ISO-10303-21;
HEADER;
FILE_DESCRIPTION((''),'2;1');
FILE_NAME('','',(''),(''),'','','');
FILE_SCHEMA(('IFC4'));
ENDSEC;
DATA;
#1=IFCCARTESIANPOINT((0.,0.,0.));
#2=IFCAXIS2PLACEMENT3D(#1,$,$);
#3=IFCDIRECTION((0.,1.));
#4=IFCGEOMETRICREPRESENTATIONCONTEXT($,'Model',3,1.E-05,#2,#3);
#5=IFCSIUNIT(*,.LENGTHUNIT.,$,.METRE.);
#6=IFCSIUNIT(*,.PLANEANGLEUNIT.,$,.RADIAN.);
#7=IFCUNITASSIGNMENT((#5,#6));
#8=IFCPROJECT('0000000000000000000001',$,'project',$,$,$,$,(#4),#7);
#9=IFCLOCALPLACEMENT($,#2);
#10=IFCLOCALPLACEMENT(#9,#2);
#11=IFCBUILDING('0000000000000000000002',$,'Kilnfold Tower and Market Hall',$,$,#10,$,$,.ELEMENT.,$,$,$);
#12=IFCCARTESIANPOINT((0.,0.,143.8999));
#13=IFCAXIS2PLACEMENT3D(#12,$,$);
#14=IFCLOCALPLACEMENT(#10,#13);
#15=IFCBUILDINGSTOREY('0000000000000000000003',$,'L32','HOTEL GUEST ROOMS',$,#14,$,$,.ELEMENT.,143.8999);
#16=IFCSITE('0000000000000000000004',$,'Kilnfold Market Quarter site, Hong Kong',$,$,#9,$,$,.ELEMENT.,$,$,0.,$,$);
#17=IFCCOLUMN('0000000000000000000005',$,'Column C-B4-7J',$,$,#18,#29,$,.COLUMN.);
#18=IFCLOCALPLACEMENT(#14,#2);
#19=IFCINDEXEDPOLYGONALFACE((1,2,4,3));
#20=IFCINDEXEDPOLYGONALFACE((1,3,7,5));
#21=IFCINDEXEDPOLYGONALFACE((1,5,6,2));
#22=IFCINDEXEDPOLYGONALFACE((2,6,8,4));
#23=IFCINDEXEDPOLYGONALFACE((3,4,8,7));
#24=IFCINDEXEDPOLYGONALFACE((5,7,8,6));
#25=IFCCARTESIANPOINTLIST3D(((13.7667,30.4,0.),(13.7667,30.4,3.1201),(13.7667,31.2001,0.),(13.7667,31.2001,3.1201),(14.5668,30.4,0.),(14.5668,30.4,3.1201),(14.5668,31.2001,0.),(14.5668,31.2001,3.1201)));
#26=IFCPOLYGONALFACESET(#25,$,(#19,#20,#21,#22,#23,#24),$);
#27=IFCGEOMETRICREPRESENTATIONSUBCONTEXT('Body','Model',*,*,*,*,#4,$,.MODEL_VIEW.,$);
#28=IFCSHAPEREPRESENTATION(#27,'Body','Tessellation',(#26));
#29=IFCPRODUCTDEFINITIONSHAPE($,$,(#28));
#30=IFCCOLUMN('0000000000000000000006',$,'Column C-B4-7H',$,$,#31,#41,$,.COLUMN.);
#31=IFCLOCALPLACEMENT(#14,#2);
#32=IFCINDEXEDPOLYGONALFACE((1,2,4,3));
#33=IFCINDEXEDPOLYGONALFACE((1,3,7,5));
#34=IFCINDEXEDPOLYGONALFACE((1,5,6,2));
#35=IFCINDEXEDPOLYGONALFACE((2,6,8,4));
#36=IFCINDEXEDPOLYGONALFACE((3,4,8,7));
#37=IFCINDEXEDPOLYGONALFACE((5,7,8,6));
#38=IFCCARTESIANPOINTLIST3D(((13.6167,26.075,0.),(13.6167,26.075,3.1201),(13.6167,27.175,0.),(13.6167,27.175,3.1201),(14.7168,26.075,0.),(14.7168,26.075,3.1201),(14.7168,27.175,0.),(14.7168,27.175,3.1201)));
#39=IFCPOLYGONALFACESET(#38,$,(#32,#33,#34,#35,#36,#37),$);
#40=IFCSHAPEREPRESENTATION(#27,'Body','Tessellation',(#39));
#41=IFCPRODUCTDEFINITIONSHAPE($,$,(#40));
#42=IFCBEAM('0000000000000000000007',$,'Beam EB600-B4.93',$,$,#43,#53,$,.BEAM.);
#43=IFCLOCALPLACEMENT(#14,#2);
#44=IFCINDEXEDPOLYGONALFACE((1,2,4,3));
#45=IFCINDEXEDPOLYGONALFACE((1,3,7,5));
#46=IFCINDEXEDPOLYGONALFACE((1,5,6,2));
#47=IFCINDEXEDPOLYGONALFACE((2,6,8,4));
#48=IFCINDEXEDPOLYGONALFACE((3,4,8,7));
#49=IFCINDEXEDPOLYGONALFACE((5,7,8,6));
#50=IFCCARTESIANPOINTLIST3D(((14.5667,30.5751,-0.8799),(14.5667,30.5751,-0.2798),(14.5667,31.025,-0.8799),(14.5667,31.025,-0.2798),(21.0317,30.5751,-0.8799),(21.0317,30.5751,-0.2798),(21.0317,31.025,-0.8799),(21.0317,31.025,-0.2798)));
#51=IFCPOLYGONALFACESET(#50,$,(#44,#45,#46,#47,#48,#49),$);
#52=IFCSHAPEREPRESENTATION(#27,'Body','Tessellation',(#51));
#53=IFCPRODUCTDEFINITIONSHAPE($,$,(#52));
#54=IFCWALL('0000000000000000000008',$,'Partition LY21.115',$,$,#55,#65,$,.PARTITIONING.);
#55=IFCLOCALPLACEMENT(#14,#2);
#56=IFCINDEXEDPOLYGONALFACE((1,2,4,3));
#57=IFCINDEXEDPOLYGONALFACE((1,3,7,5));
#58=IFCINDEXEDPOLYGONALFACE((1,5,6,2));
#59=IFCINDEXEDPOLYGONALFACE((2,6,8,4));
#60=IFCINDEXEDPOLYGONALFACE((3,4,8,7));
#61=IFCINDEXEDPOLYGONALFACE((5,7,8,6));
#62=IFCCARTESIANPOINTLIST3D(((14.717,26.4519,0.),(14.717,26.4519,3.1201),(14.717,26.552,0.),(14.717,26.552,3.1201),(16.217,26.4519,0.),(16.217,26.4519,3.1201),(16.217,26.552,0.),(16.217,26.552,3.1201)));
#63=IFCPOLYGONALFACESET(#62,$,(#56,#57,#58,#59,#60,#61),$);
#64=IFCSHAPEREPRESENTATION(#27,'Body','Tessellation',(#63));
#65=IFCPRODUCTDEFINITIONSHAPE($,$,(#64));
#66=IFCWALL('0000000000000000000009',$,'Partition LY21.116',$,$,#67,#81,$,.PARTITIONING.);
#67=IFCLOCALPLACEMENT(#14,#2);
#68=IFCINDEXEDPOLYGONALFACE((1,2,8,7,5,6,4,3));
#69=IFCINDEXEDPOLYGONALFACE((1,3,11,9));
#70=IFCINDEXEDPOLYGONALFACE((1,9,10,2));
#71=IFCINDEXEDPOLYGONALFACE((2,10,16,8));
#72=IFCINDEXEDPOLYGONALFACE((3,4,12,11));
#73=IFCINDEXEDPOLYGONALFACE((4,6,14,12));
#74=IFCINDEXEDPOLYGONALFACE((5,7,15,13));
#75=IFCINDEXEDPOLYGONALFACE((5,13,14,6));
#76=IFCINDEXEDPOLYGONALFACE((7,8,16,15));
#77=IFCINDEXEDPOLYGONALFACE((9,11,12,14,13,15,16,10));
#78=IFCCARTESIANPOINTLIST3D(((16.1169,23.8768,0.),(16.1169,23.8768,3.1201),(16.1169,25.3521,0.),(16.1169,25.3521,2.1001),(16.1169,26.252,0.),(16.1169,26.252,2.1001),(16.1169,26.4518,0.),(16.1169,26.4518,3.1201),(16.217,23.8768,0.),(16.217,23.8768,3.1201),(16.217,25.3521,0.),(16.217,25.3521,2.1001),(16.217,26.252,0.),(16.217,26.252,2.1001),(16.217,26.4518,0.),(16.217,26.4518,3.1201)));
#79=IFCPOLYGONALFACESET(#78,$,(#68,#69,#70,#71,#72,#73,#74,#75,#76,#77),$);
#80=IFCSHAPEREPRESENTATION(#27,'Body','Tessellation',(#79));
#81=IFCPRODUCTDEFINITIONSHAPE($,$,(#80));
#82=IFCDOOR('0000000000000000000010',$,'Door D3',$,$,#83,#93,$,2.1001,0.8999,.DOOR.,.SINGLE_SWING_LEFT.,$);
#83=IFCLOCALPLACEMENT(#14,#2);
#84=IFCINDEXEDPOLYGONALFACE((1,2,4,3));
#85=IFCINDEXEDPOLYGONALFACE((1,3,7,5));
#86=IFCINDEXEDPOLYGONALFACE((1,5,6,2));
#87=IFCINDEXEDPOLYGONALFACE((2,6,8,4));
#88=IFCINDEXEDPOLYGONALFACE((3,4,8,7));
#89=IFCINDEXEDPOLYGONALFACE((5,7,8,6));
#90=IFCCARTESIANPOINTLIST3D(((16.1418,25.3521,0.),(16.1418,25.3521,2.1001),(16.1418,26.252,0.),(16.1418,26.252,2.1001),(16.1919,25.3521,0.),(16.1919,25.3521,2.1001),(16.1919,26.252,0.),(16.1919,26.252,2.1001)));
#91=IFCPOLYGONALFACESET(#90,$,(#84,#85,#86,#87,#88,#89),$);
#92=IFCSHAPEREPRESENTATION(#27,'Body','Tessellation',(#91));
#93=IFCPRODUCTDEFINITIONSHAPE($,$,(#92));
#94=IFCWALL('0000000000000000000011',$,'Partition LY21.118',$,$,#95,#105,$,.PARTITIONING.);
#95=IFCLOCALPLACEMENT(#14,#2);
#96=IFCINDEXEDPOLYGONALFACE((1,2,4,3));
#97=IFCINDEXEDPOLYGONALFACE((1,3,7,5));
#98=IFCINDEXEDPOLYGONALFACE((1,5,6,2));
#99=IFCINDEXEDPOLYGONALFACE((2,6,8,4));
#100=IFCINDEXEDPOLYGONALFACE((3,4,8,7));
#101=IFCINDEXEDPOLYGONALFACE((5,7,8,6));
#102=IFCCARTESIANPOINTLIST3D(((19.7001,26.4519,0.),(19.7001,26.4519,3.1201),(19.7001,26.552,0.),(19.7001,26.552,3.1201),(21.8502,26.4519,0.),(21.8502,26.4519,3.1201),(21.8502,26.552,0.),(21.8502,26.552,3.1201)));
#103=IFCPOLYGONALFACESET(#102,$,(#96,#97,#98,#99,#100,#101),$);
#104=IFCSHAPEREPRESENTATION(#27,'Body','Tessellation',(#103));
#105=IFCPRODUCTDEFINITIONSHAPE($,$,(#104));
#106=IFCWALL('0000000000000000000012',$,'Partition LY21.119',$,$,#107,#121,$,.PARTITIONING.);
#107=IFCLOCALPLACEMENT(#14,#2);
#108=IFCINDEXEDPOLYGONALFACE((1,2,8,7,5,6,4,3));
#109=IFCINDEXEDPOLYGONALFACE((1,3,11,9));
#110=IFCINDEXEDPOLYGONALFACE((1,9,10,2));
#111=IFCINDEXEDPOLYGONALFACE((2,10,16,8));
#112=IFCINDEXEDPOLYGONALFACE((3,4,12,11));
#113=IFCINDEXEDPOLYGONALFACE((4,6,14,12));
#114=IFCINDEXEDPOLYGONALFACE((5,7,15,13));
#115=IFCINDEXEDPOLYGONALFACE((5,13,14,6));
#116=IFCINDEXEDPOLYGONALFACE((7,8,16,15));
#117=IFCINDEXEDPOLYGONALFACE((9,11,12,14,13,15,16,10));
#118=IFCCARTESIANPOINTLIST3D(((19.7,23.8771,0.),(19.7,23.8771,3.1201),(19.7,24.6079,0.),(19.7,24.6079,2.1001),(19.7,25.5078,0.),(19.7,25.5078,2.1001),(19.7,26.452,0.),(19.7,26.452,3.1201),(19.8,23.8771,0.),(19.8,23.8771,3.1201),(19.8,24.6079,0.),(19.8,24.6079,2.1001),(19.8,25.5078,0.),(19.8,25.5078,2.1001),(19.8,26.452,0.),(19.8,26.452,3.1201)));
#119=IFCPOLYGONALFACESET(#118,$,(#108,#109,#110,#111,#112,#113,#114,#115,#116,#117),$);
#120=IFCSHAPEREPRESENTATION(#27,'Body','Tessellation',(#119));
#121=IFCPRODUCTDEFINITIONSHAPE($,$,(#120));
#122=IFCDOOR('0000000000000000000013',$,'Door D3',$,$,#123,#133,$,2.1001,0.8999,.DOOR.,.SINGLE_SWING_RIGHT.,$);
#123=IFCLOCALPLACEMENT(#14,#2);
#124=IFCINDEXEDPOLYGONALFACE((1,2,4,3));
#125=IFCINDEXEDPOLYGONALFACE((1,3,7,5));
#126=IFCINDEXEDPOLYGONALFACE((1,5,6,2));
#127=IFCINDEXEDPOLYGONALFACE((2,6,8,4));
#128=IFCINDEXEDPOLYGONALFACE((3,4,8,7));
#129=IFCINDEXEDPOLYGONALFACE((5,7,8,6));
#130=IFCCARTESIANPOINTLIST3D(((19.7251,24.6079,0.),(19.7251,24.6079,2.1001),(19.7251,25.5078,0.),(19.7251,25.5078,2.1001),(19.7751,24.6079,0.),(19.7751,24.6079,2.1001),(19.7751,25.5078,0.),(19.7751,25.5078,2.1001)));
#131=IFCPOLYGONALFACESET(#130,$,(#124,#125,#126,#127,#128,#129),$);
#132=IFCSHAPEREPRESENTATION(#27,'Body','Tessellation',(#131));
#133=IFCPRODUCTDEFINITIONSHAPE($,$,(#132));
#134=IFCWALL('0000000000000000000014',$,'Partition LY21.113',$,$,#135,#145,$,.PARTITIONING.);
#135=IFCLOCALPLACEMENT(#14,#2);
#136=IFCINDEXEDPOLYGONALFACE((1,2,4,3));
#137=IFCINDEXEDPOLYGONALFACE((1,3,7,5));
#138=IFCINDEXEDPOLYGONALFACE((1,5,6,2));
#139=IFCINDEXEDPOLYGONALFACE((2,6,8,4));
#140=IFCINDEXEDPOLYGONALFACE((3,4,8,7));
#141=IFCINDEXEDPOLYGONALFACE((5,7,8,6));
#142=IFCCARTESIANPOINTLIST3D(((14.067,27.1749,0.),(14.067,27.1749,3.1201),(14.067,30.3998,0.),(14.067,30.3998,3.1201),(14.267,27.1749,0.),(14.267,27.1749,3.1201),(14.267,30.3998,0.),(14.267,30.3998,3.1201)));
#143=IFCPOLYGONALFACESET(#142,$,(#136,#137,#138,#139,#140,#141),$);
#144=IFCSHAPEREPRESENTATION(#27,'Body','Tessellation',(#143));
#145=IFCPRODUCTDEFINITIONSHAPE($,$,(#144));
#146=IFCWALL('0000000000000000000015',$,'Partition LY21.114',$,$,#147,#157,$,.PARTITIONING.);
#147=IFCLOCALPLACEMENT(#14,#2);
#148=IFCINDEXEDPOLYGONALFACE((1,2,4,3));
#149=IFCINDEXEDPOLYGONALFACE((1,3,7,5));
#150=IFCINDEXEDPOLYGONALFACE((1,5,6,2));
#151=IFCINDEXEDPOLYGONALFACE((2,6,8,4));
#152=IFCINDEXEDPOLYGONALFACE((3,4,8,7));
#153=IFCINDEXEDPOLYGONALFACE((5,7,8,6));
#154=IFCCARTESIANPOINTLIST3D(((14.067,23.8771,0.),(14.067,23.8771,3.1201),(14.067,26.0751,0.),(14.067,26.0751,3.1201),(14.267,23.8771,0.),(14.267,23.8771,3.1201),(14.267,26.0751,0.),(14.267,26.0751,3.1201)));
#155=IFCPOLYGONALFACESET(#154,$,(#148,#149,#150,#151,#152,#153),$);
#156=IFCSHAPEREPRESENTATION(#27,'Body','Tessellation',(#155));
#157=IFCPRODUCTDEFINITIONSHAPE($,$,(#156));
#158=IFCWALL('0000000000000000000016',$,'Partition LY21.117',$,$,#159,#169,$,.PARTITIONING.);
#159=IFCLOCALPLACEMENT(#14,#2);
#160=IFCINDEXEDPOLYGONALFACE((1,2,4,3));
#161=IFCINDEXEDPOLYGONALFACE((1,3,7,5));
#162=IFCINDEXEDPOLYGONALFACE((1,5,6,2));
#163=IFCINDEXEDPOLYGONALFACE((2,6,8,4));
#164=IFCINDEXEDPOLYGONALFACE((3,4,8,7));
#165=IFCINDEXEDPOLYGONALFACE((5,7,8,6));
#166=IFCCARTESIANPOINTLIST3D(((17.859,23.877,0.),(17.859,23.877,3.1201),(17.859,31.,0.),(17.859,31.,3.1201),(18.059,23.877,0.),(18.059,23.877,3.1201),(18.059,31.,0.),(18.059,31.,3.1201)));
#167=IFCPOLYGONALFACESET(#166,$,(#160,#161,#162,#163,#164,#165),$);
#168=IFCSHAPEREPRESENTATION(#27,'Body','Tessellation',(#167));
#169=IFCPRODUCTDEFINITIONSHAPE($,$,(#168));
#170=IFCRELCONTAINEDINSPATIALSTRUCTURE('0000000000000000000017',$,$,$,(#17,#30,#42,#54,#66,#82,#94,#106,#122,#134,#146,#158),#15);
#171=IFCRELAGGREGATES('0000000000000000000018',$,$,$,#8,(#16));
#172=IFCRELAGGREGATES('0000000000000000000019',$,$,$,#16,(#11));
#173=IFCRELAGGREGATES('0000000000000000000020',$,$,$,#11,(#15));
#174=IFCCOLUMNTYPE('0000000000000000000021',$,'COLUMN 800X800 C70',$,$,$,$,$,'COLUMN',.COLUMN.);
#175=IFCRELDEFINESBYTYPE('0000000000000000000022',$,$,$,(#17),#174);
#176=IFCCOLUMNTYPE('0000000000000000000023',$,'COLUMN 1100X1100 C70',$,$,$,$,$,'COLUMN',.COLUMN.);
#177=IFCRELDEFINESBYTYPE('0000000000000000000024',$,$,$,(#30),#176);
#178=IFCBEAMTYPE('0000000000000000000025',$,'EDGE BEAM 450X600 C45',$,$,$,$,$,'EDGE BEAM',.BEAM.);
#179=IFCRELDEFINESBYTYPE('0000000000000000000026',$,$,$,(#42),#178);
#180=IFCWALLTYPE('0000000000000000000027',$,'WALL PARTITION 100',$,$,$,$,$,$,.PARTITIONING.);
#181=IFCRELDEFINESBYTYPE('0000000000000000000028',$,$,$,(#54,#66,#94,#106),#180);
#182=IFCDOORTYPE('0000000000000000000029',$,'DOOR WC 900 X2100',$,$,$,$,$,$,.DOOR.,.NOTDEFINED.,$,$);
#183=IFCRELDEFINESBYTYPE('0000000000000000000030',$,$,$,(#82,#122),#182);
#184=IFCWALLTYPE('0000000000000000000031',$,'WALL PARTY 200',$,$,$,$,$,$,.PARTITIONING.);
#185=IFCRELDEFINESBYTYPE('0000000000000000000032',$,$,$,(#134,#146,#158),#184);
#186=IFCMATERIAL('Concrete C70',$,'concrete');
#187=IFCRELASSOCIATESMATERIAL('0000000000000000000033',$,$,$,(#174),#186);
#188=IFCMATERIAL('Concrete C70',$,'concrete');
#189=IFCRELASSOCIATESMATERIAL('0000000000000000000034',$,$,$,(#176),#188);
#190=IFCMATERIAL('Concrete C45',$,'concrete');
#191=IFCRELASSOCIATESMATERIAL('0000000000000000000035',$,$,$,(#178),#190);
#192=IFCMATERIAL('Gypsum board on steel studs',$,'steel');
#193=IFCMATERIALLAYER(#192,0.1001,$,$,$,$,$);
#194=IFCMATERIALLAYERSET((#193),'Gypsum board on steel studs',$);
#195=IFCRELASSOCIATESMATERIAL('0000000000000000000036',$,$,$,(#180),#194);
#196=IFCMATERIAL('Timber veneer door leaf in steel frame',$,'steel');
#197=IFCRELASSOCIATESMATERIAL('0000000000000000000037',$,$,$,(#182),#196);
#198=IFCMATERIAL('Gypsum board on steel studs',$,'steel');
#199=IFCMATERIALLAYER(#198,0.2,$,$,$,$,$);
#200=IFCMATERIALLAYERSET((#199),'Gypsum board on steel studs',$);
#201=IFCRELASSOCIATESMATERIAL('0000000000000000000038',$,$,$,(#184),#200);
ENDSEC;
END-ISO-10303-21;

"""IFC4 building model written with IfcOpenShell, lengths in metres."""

from ifc_helpers import new_model, si_unit, direction, frame, frame_2d, origin, origin_2d, place, context, subcontext, project, spatial, rectangle, extrude, source, transform, mapped, material, layer, layer_set, material_profile, profile_set, type_object, element, fill, save


model = new_model("IFC4")

# Units and contexts
model_context = context("Model", 3, precision=1e-05, world=origin(), true_north=direction((0.0, 1.0)))
body_context = subcontext(model_context, "Body", "Model", "MODEL_VIEW")
ifc_project = project(units=[si_unit("LENGTHUNIT", "METRE"), si_unit("PLANEANGLEUNIT", "RADIAN")], contexts=[model_context])

# Site, building, storey
site_placement = place(None, origin())
site = spatial("IfcSite", under=ifc_project, at=site_placement, Name="Kilnfold Market Quarter site, Hong Kong", CompositionType="ELEMENT", RefElevation=0.0)
building_placement = place(site_placement, origin())
building = spatial("IfcBuilding", under=site, at=building_placement, Name="Kilnfold Tower and Market Hall", CompositionType="ELEMENT")
storey_placement = place(building_placement, frame((0.0, 0.0, 143.8999)))
storey = spatial("IfcBuildingStorey", under=building, at=storey_placement, Name="L32", Description="HOTEL GUEST ROOMS", CompositionType="ELEMENT", Elevation=143.8999)

# Columns
ifc_material_1 = material(Name="Concrete C70", Category="concrete")
ifc_material_profile_1 = material_profile(ifc_material_1, rectangle(XDim=0.8, YDim=0.8, at=origin_2d()), Name="RC 800x800")
ifc_profile_set_1 = profile_set([ifc_material_profile_1], Name="Concrete C70")
column_type_1 = type_object("IfcColumnType", Name="COLUMN 800X800 C70", ElementType="COLUMN", PredefinedType="COLUMN", material=ifc_profile_set_1)
shared_shape_1 = source(origin(), body_context, "Body", "SweptSolid", [
    extrude(rectangle(XDim=0.8, YDim=0.8, at=origin_2d()), origin(), (0.0, 0.0, 1.0), 3.1201),
])
column_1_placement = place(storey_placement, frame((14.1667, 30.8, 0.0), z_axis=(0.0, 0.0, 1.0), x_axis=(1.0, 0.0, 0.0)))
element("IfcColumn", 1, at=column_1_placement, inside=storey, type_object=column_type_1, Name="Column C-B4-7J", PredefinedType="COLUMN", context=body_context, shape_type="MappedRepresentation", body=[
    mapped(shared_shape_1, transform((0.0, 0.0, 0.0))),
])
ifc_material_2 = material(Name="Concrete C70", Category="concrete")
ifc_material_profile_2 = material_profile(ifc_material_2, rectangle(XDim=1.1001, YDim=1.1001, at=origin_2d()), Name="RC 1100x1100")
ifc_profile_set_2 = profile_set([ifc_material_profile_2], Name="Concrete C70")
column_type_2 = type_object("IfcColumnType", Name="COLUMN 1100X1100 C70", ElementType="COLUMN", PredefinedType="COLUMN", material=ifc_profile_set_2)
shared_shape_2 = source(origin(), body_context, "Body", "SweptSolid", [
    extrude(rectangle(XDim=1.1001, YDim=1.1001, at=origin_2d()), origin(), (0.0, 0.0, 1.0), 3.1201),
])
column_2_placement = place(storey_placement, frame((14.1667, 26.625, 0.0), z_axis=(0.0, 0.0, 1.0), x_axis=(1.0, 0.0, 0.0)))
element("IfcColumn", 2, at=column_2_placement, inside=storey, type_object=column_type_2, Name="Column C-B4-7H", PredefinedType="COLUMN", context=body_context, shape_type="MappedRepresentation", body=[
    mapped(shared_shape_2, transform((0.0, 0.0, 0.0))),
])

# Beam
ifc_material_3 = material(Name="Concrete C45", Category="concrete")
ifc_material_profile_3 = material_profile(ifc_material_3, rectangle(XDim=0.45, YDim=0.6001, at=origin_2d()), Name="RC 450x600")
ifc_profile_set_3 = profile_set([ifc_material_profile_3], Name="Concrete C45")
beam_type = type_object("IfcBeamType", Name="EDGE BEAM 450X600 C45", ElementType="EDGE BEAM", PredefinedType="BEAM", material=ifc_profile_set_3)
shared_shape_3 = source(origin(), body_context, "Body", "SweptSolid", [
    extrude(rectangle(XDim=0.45, YDim=0.6001, at=origin_2d()), origin(), (0.0, 0.0, 1.0), 6.4651),
])
beam_placement = place(storey_placement, frame((14.5667, 30.8, -0.5798), z_axis=(1.0, 0.0, 0.0), x_axis=(0.0, 1.0, 0.0)))
element("IfcBeam", 3, at=beam_placement, inside=storey, type_object=beam_type, Name="Beam EB600-B4.93", PredefinedType="BEAM", context=body_context, shape_type="MappedRepresentation", body=[
    mapped(shared_shape_3, transform((0.0, 0.0, 0.0))),
])

# Wall
ifc_material_4 = material(Name="Gypsum board on steel studs", Category="steel")
ifc_layer_1 = layer(ifc_material_4, 0.1001)
ifc_layer_set_1 = layer_set([ifc_layer_1], Name="Gypsum board on steel studs")
wall_type_1 = type_object("IfcWallType", Name="WALL PARTITION 100", PredefinedType="PARTITIONING", material=ifc_layer_set_1)
wall_1_placement = place(storey_placement, frame((14.717, 26.502, 0.0), z_axis=(0.0, 0.0, 1.0), x_axis=(1.0, 0.0, 0.0)))
element("IfcWall", 4, at=wall_1_placement, inside=storey, type_object=wall_type_1, Name="Partition LY21.115", PredefinedType="PARTITIONING", context=body_context, shape_type="SweptSolid", body=[
    extrude(rectangle(XDim=1.5, YDim=0.1001, at=frame_2d((0.75, 0.0))), origin(), (0.0, 0.0, 1.0), 3.1201),
])

# Wall, opening, door
wall_2_placement = place(storey_placement, frame((16.167, 26.4519, 0.0), z_axis=(0.0, 0.0, 1.0), x_axis=(0.0, -1.0, 0.0)))
wall_2 = element("IfcWall", 5, at=wall_2_placement, inside=storey, type_object=wall_type_1, Name="Partition LY21.116", PredefinedType="PARTITIONING", context=body_context, shape_type="SweptSolid", body=[
    extrude(rectangle(XDim=2.575, YDim=0.1001, at=frame_2d((1.2876, 0.0))), origin(), (0.0, 0.0, 1.0), 3.1201),
])
opening_1_placement = place(wall_2_placement, frame((0.2, 0.0, 0.0)))
opening_1 = element("IfcOpeningElement", 6, at=opening_1_placement, cuts=wall_2, PredefinedType="OPENING", context=body_context, shape_type="SweptSolid", body=[
    extrude(rectangle(XDim=0.8999, YDim=2.1001, at=frame_2d((0.45, 1.05))), frame((0.0, 0.0601, 0.0), z_axis=(0.0, -1.0, 0.0), x_axis=(1.0, 0.0, 0.0)), (0.0, 0.0, 1.0), 0.1201),
])
ifc_material_5 = material(Name="Timber veneer door leaf in steel frame", Category="steel")
door_type = type_object("IfcDoorType", Name="DOOR WC 900 X2100", OperationType="NOTDEFINED", PredefinedType="DOOR", material=ifc_material_5)
door_1_placement = place(opening_1_placement, origin())
door_1 = element("IfcDoor", 7, at=door_1_placement, inside=storey, type_object=door_type, Name="Door D3", OperationType="SINGLE_SWING_LEFT", OverallHeight=2.1001, OverallWidth=0.8999, PredefinedType="DOOR", context=body_context, shape_type="SweptSolid", body=[
    extrude(rectangle(XDim=0.8999, YDim=2.1001, at=frame_2d((0.45, 1.05))), frame((0.0, 0.0249, 0.0), z_axis=(0.0, -1.0, 0.0), x_axis=(1.0, 0.0, 0.0)), (0.0, 0.0, 1.0), 0.05),
])
fill(opening_1, door_1)

# Wall
wall_3_placement = place(storey_placement, frame((19.7, 26.502, 0.0), z_axis=(0.0, 0.0, 1.0), x_axis=(1.0, 0.0, 0.0)))
element("IfcWall", 8, at=wall_3_placement, inside=storey, type_object=wall_type_1, Name="Partition LY21.118", PredefinedType="PARTITIONING", context=body_context, shape_type="SweptSolid", body=[
    extrude(rectangle(XDim=2.1501, YDim=0.1001, at=frame_2d((1.0752, 0.0))), origin(), (0.0, 0.0, 1.0), 3.1201),
])

# Wall, opening, door
wall_4_placement = place(storey_placement, frame((19.75, 23.877, 0.0), z_axis=(0.0, 0.0, 1.0), x_axis=(0.0, 1.0, 0.0)))
wall_4 = element("IfcWall", 9, at=wall_4_placement, inside=storey, type_object=wall_type_1, Name="Partition LY21.119", PredefinedType="PARTITIONING", context=body_context, shape_type="SweptSolid", body=[
    extrude(rectangle(XDim=2.575, YDim=0.1001, at=frame_2d((1.2876, 0.0))), origin(), (0.0, 0.0, 1.0), 3.1201),
])
opening_2_placement = place(wall_4_placement, frame((0.731, 0.0, 0.0)))
opening_2 = element("IfcOpeningElement", 10, at=opening_2_placement, cuts=wall_4, PredefinedType="OPENING", context=body_context, shape_type="SweptSolid", body=[
    extrude(rectangle(XDim=0.8999, YDim=2.1001, at=frame_2d((0.45, 1.05))), frame((0.0, 0.0601, 0.0), z_axis=(0.0, -1.0, 0.0), x_axis=(1.0, 0.0, 0.0)), (0.0, 0.0, 1.0), 0.1201),
])
door_2_placement = place(opening_2_placement, origin())
door_2 = element("IfcDoor", 11, at=door_2_placement, inside=storey, type_object=door_type, Name="Door D3", OperationType="SINGLE_SWING_RIGHT", OverallHeight=2.1001, OverallWidth=0.8999, PredefinedType="DOOR", context=body_context, shape_type="SweptSolid", body=[
    extrude(rectangle(XDim=0.8999, YDim=2.1001, at=frame_2d((0.45, 1.05))), frame((0.0, 0.0249, 0.0), z_axis=(0.0, -1.0, 0.0), x_axis=(1.0, 0.0, 0.0)), (0.0, 0.0, 1.0), 0.05),
])
fill(opening_2, door_2)

# Walls
ifc_material_6 = material(Name="Gypsum board on steel studs", Category="steel")
ifc_layer_2 = layer(ifc_material_6, 0.2)
ifc_layer_set_2 = layer_set([ifc_layer_2], Name="Gypsum board on steel studs")
wall_type_2 = type_object("IfcWallType", Name="WALL PARTY 200", PredefinedType="PARTITIONING", material=ifc_layer_set_2)
wall_5_placement = place(storey_placement, frame((14.167, 27.175, 0.0), z_axis=(0.0, 0.0, 1.0), x_axis=(0.0, 1.0, 0.0)))
element("IfcWall", 12, at=wall_5_placement, inside=storey, type_object=wall_type_2, Name="Partition LY21.113", PredefinedType="PARTITIONING", context=body_context, shape_type="SweptSolid", body=[
    extrude(rectangle(XDim=3.2249, YDim=0.2, at=frame_2d((1.6123, 0.0))), origin(), (0.0, 0.0, 1.0), 3.1201),
])
wall_6_placement = place(storey_placement, frame((14.167, 23.877, 0.0), z_axis=(0.0, 0.0, 1.0), x_axis=(0.0, 1.0, 0.0)))
element("IfcWall", 13, at=wall_6_placement, inside=storey, type_object=wall_type_2, Name="Partition LY21.114", PredefinedType="PARTITIONING", context=body_context, shape_type="SweptSolid", body=[
    extrude(rectangle(XDim=2.198, YDim=0.2, at=frame_2d((1.0991, 0.0))), origin(), (0.0, 0.0, 1.0), 3.1201),
])
wall_7_placement = place(storey_placement, frame((17.959, 23.877, 0.0), z_axis=(0.0, 0.0, 1.0), x_axis=(0.0, 1.0, 0.0)))
element("IfcWall", 14, at=wall_7_placement, inside=storey, type_object=wall_type_2, Name="Partition LY21.117", PredefinedType="PARTITIONING", context=body_context, shape_type="SweptSolid", body=[
    extrude(rectangle(XDim=7.123, YDim=0.2, at=frame_2d((3.5615, 0.0))), origin(), (0.0, 0.0, 1.0), 3.1201),
])

save(model, "model.ifc")
